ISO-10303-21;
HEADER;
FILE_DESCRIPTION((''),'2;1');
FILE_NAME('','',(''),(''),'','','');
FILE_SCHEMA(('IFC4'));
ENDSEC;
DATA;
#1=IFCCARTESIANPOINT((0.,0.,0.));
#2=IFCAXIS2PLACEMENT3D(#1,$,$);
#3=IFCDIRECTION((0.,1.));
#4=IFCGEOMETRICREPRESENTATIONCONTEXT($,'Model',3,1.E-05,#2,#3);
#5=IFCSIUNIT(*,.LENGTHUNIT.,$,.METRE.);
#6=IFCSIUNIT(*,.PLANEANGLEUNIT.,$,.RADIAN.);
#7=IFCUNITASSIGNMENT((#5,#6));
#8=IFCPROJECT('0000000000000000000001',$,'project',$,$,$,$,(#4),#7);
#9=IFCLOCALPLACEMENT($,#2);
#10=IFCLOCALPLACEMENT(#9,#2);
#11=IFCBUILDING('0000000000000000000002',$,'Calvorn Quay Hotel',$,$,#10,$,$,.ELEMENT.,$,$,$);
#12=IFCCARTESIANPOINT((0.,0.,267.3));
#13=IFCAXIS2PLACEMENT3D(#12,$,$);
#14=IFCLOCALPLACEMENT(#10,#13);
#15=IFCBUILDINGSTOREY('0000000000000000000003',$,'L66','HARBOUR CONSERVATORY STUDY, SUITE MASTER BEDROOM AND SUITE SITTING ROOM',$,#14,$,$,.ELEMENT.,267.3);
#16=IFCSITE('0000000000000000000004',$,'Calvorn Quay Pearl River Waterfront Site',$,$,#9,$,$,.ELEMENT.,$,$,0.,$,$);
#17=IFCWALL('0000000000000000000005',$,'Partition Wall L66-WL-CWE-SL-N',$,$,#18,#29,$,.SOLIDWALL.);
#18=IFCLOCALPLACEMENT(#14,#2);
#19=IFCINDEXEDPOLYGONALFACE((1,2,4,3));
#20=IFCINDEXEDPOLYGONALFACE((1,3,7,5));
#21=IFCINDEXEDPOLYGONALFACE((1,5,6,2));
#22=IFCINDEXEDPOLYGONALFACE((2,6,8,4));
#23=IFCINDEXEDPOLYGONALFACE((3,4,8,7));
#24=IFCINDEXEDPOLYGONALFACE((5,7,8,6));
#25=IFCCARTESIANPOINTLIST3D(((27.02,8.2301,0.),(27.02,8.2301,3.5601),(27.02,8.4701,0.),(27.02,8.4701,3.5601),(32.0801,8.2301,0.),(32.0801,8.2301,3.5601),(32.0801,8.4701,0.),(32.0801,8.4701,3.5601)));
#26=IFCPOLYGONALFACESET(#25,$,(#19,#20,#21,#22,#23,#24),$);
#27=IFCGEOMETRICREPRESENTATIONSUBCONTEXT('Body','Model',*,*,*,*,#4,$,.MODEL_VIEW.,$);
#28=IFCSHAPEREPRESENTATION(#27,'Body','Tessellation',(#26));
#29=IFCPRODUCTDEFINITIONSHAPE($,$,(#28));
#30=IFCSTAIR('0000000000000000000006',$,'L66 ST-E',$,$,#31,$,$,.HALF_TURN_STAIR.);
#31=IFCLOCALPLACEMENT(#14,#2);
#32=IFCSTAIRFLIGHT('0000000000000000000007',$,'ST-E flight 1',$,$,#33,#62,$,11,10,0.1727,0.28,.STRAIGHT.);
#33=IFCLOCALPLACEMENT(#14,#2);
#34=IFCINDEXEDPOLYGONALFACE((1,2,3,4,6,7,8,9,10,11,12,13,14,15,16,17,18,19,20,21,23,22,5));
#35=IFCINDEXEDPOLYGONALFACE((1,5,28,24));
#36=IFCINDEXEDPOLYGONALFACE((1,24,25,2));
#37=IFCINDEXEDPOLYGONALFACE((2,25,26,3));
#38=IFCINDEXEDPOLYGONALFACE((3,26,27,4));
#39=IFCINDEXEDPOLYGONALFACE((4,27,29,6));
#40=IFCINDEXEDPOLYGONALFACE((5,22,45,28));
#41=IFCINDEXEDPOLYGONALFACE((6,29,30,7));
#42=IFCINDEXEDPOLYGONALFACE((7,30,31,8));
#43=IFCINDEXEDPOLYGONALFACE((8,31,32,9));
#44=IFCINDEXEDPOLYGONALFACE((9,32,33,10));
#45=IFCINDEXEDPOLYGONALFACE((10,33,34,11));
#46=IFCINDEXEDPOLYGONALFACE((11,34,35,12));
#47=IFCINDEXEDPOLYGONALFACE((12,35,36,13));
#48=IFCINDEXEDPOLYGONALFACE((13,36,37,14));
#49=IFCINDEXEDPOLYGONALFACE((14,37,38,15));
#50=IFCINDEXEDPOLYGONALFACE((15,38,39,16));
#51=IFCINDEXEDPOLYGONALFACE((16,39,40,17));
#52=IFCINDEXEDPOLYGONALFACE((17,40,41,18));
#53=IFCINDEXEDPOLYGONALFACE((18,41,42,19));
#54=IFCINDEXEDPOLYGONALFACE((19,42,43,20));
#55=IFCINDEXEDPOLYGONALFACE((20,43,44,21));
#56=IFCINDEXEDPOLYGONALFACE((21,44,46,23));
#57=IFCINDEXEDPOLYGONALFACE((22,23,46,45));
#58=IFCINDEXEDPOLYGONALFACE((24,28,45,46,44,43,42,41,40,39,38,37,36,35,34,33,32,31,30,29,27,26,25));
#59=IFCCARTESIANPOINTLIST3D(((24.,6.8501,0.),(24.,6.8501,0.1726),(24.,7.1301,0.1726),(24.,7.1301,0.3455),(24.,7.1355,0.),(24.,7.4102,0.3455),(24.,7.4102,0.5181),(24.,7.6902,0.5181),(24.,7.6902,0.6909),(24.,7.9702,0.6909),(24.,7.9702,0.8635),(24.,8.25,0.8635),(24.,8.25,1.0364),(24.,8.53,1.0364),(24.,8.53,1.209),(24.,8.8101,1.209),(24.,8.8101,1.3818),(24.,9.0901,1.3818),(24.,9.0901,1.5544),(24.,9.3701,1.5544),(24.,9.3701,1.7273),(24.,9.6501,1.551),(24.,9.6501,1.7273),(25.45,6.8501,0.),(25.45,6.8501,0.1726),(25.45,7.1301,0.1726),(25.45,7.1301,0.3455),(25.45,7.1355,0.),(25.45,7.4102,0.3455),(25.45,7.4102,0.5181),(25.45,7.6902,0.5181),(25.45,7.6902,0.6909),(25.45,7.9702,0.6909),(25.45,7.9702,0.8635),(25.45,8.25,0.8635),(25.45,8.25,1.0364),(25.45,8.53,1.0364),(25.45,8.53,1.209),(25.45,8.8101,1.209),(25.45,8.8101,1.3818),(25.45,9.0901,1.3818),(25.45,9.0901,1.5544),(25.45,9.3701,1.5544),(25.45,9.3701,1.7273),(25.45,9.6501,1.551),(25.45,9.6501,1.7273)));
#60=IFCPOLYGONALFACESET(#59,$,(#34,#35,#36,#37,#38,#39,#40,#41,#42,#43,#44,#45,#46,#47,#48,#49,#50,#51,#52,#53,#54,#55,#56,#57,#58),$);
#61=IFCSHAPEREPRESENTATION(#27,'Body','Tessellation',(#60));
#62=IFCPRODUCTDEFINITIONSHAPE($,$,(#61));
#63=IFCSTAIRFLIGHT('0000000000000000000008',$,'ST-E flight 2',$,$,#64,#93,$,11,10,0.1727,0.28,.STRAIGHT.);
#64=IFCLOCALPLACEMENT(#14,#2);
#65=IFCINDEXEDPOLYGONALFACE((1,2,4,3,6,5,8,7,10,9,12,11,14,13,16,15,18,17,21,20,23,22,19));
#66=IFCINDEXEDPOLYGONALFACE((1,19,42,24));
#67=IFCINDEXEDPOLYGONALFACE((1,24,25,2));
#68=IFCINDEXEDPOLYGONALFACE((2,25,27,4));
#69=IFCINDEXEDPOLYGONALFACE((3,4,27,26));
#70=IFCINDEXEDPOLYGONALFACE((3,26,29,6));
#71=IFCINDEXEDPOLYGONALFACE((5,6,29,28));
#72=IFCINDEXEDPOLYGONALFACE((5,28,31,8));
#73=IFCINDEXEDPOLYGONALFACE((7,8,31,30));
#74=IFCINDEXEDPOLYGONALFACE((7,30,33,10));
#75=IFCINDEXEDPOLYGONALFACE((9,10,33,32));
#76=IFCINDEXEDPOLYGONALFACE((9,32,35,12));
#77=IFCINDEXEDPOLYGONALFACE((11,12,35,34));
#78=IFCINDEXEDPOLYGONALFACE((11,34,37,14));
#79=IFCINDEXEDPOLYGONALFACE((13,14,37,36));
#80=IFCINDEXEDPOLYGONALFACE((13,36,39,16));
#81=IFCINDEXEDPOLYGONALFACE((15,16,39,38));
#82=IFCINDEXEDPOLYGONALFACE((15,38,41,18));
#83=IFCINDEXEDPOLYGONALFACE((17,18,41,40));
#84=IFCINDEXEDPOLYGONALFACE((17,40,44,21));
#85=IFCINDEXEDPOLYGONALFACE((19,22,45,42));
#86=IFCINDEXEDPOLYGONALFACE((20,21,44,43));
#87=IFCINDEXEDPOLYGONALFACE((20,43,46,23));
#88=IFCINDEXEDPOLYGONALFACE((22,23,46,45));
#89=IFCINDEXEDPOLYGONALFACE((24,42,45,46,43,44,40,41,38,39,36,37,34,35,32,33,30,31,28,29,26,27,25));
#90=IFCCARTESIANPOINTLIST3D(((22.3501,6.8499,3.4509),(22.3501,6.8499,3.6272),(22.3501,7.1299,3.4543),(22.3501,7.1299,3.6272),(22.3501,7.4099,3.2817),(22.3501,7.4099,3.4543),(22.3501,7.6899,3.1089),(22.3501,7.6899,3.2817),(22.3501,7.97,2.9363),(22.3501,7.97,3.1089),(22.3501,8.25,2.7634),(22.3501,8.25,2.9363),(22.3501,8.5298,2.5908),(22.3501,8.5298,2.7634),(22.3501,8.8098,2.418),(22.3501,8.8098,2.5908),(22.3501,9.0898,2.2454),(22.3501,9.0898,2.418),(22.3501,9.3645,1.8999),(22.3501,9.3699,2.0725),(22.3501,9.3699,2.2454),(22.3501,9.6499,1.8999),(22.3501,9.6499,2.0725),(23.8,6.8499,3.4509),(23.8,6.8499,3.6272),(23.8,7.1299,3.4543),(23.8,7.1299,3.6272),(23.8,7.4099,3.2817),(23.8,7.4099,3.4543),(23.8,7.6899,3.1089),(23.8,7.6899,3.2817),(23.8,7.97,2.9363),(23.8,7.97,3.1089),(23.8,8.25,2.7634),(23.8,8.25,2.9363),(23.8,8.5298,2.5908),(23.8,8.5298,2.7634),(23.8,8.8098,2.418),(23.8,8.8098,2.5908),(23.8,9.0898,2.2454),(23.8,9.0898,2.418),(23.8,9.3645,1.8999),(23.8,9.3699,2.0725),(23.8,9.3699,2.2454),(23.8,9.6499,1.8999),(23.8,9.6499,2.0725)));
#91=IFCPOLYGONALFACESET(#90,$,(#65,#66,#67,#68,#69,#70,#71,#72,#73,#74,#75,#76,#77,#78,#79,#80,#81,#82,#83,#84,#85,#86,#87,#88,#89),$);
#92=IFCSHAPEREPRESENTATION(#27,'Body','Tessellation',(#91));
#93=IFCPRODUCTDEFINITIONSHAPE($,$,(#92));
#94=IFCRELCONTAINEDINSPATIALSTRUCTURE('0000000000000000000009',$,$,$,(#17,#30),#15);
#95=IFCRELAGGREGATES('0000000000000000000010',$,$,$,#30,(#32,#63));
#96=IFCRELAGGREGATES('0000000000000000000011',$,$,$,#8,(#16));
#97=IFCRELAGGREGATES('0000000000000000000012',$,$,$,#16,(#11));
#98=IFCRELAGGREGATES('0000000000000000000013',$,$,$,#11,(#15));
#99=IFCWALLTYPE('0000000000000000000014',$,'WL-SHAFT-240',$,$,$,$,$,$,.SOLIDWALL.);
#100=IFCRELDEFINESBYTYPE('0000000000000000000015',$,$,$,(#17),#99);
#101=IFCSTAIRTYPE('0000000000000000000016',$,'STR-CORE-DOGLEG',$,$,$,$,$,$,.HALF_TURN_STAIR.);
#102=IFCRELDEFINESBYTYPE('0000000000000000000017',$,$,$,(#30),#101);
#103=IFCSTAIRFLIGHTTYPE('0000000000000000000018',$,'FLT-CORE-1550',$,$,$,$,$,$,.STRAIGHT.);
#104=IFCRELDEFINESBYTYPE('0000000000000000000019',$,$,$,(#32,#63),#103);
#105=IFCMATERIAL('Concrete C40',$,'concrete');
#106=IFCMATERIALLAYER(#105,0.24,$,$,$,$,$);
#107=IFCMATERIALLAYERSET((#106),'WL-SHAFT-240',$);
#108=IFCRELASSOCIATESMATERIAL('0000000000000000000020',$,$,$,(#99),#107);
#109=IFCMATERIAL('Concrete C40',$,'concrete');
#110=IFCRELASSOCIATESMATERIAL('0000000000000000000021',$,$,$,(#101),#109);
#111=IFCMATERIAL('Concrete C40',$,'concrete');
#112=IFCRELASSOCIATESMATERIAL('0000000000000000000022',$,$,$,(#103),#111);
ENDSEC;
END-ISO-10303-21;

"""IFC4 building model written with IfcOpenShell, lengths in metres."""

from ifc_helpers import new_model, si_unit, direction, frame, frame_2d, origin, place, context, subcontext, project, spatial, polyline, rectangle, outline, extrude, material, layer, layer_set, type_object, element, aggregate, save


model = new_model("IFC4")

# Units and contexts
model_context = context("Model", 3, precision=1e-05, world=origin(), true_north=direction((0.0, 1.0)))
body_context = subcontext(model_context, "Body", "Model", "MODEL_VIEW")
ifc_project = project(units=[si_unit("LENGTHUNIT", "METRE"), si_unit("PLANEANGLEUNIT", "RADIAN")], contexts=[model_context])

# Site, building, storey
site_placement = place(None, origin())
site = spatial("IfcSite", under=ifc_project, at=site_placement, Name="Calvorn Quay Pearl River Waterfront Site", CompositionType="ELEMENT", RefElevation=0.0)
building_placement = place(site_placement, origin())
building = spatial("IfcBuilding", under=site, at=building_placement, Name="Calvorn Quay Hotel", CompositionType="ELEMENT")
storey_placement = place(building_placement, frame((0.0, 0.0, 267.3)))
storey = spatial("IfcBuildingStorey", under=building, at=storey_placement, Name="L66", Description="HARBOUR CONSERVATORY STUDY, SUITE MASTER BEDROOM AND SUITE SITTING ROOM", CompositionType="ELEMENT", Elevation=267.3)

# Shared definitions
ifc_material_1 = material(Name="Concrete C40", Category="concrete")
ifc_layer_1 = layer(ifc_material_1, 0.24)
ifc_layer_set_1 = layer_set([ifc_layer_1], Name="WL-SHAFT-240")
wall_type_1 = type_object("IfcWallType", Name="WL-SHAFT-240", PredefinedType="SOLIDWALL", material=ifc_layer_set_1)

# Wall
wall_1_placement = place(storey_placement, frame((27.02, 8.3501, 0.0), z_axis=(0.0, 0.0, 1.0), x_axis=(1.0, 0.0, 0.0)))
element("IfcWall", 1, at=wall_1_placement, inside=storey, type_object=wall_type_1, Name="Partition Wall L66-WL-CWE-SL-N", PredefinedType="SOLIDWALL", context=body_context, shape_type="SweptSolid", body=[
    extrude(rectangle(XDim=5.0601, YDim=0.24, at=frame_2d((2.53, 0.0))), origin(), (0.0, 0.0, 1.0), 3.5601),
])

# Stair, stair flights
ifc_material_2 = material(Name="Concrete C40", Category="concrete")
stair_type = type_object("IfcStairType", Name="STR-CORE-DOGLEG", PredefinedType="HALF_TURN_STAIR", material=ifc_material_2)
stair_placement = place(storey_placement, origin())
stair = element("IfcStair", 2, at=stair_placement, inside=storey, type_object=stair_type, Name="L66 ST-E", PredefinedType="HALF_TURN_STAIR")
ifc_material_3 = material(Name="Concrete C40", Category="concrete")
stair_flight_type = type_object("IfcStairFlightType", Name="FLT-CORE-1550", PredefinedType="STRAIGHT", material=ifc_material_3)
stair_flight_1_placement = place(storey_placement, frame((24.7251, 6.8501, 0.0), z_axis=(0.0, 0.0, 1.0), x_axis=(0.0, 1.0, 0.0)))
stair_flight_1 = element("IfcStairFlight", 3, at=stair_flight_1_placement, type_object=stair_flight_type, Name="ST-E flight 1", NumberOfRisers=11, NumberOfTreads=10, PredefinedType="STRAIGHT", RiserHeight=0.1727, TreadLength=0.28, context=body_context, shape_type="SweptSolid", body=[
    extrude(outline(polyline([(0.0, 0.0), (0.0, 0.1726), (0.28, 0.1726), (0.28, 0.3455), (0.5601, 0.3455), (0.5601, 0.5181), (0.8401, 0.5181), (0.8401, 0.6909), (1.1201, 0.6909), (1.1201, 0.8635), (1.3999, 0.8635), (1.3999, 1.0364), (1.6799, 1.0364), (1.6799, 1.209), (1.96, 1.209), (1.96, 1.3818), (2.24, 1.3818), (2.24, 1.5544), (2.52, 1.5544), (2.52, 1.7273), (2.8, 1.7273), (2.8, 1.8999), (2.8, 1.551), (0.2854, 0.0), (0.0, 0.0)])), frame((0.0, 0.7251, 0.0), z_axis=(0.0, -1.0, 0.0), x_axis=(1.0, 0.0, 0.0)), (0.0, 0.0, 1.0), 1.45),
])
stair_flight_2_placement = place(storey_placement, frame((23.075, 9.6499, 1.8999), z_axis=(0.0, 0.0, 1.0), x_axis=(0.0, -1.0, 0.0)))
stair_flight_2 = element("IfcStairFlight", 4, at=stair_flight_2_placement, type_object=stair_flight_type, Name="ST-E flight 2", NumberOfRisers=11, NumberOfTreads=10, PredefinedType="STRAIGHT", RiserHeight=0.1727, TreadLength=0.28, context=body_context, shape_type="SweptSolid", body=[
    extrude(outline(polyline([(0.0, 0.0), (0.0, 0.1726), (0.28, 0.1726), (0.28, 0.3455), (0.5601, 0.3455), (0.5601, 0.5181), (0.8401, 0.5181), (0.8401, 0.6909), (1.1201, 0.6909), (1.1201, 0.8635), (1.3999, 0.8635), (1.3999, 1.0364), (1.6799, 1.0364), (1.6799, 1.209), (1.96, 1.209), (1.96, 1.3818), (2.24, 1.3818), (2.24, 1.5544), (2.52, 1.5544), (2.52, 1.7273), (2.8, 1.7273), (2.8, 1.8999), (2.8, 1.551), (0.2854, 0.0), (0.0, 0.0)])), frame((0.0, 0.7251, 0.0), z_axis=(0.0, -1.0, 0.0), x_axis=(1.0, 0.0, 0.0)), (0.0, 0.0, 1.0), 1.45),
])
aggregate(stair, [stair_flight_1, stair_flight_2])

save(model, "model.ifc")
